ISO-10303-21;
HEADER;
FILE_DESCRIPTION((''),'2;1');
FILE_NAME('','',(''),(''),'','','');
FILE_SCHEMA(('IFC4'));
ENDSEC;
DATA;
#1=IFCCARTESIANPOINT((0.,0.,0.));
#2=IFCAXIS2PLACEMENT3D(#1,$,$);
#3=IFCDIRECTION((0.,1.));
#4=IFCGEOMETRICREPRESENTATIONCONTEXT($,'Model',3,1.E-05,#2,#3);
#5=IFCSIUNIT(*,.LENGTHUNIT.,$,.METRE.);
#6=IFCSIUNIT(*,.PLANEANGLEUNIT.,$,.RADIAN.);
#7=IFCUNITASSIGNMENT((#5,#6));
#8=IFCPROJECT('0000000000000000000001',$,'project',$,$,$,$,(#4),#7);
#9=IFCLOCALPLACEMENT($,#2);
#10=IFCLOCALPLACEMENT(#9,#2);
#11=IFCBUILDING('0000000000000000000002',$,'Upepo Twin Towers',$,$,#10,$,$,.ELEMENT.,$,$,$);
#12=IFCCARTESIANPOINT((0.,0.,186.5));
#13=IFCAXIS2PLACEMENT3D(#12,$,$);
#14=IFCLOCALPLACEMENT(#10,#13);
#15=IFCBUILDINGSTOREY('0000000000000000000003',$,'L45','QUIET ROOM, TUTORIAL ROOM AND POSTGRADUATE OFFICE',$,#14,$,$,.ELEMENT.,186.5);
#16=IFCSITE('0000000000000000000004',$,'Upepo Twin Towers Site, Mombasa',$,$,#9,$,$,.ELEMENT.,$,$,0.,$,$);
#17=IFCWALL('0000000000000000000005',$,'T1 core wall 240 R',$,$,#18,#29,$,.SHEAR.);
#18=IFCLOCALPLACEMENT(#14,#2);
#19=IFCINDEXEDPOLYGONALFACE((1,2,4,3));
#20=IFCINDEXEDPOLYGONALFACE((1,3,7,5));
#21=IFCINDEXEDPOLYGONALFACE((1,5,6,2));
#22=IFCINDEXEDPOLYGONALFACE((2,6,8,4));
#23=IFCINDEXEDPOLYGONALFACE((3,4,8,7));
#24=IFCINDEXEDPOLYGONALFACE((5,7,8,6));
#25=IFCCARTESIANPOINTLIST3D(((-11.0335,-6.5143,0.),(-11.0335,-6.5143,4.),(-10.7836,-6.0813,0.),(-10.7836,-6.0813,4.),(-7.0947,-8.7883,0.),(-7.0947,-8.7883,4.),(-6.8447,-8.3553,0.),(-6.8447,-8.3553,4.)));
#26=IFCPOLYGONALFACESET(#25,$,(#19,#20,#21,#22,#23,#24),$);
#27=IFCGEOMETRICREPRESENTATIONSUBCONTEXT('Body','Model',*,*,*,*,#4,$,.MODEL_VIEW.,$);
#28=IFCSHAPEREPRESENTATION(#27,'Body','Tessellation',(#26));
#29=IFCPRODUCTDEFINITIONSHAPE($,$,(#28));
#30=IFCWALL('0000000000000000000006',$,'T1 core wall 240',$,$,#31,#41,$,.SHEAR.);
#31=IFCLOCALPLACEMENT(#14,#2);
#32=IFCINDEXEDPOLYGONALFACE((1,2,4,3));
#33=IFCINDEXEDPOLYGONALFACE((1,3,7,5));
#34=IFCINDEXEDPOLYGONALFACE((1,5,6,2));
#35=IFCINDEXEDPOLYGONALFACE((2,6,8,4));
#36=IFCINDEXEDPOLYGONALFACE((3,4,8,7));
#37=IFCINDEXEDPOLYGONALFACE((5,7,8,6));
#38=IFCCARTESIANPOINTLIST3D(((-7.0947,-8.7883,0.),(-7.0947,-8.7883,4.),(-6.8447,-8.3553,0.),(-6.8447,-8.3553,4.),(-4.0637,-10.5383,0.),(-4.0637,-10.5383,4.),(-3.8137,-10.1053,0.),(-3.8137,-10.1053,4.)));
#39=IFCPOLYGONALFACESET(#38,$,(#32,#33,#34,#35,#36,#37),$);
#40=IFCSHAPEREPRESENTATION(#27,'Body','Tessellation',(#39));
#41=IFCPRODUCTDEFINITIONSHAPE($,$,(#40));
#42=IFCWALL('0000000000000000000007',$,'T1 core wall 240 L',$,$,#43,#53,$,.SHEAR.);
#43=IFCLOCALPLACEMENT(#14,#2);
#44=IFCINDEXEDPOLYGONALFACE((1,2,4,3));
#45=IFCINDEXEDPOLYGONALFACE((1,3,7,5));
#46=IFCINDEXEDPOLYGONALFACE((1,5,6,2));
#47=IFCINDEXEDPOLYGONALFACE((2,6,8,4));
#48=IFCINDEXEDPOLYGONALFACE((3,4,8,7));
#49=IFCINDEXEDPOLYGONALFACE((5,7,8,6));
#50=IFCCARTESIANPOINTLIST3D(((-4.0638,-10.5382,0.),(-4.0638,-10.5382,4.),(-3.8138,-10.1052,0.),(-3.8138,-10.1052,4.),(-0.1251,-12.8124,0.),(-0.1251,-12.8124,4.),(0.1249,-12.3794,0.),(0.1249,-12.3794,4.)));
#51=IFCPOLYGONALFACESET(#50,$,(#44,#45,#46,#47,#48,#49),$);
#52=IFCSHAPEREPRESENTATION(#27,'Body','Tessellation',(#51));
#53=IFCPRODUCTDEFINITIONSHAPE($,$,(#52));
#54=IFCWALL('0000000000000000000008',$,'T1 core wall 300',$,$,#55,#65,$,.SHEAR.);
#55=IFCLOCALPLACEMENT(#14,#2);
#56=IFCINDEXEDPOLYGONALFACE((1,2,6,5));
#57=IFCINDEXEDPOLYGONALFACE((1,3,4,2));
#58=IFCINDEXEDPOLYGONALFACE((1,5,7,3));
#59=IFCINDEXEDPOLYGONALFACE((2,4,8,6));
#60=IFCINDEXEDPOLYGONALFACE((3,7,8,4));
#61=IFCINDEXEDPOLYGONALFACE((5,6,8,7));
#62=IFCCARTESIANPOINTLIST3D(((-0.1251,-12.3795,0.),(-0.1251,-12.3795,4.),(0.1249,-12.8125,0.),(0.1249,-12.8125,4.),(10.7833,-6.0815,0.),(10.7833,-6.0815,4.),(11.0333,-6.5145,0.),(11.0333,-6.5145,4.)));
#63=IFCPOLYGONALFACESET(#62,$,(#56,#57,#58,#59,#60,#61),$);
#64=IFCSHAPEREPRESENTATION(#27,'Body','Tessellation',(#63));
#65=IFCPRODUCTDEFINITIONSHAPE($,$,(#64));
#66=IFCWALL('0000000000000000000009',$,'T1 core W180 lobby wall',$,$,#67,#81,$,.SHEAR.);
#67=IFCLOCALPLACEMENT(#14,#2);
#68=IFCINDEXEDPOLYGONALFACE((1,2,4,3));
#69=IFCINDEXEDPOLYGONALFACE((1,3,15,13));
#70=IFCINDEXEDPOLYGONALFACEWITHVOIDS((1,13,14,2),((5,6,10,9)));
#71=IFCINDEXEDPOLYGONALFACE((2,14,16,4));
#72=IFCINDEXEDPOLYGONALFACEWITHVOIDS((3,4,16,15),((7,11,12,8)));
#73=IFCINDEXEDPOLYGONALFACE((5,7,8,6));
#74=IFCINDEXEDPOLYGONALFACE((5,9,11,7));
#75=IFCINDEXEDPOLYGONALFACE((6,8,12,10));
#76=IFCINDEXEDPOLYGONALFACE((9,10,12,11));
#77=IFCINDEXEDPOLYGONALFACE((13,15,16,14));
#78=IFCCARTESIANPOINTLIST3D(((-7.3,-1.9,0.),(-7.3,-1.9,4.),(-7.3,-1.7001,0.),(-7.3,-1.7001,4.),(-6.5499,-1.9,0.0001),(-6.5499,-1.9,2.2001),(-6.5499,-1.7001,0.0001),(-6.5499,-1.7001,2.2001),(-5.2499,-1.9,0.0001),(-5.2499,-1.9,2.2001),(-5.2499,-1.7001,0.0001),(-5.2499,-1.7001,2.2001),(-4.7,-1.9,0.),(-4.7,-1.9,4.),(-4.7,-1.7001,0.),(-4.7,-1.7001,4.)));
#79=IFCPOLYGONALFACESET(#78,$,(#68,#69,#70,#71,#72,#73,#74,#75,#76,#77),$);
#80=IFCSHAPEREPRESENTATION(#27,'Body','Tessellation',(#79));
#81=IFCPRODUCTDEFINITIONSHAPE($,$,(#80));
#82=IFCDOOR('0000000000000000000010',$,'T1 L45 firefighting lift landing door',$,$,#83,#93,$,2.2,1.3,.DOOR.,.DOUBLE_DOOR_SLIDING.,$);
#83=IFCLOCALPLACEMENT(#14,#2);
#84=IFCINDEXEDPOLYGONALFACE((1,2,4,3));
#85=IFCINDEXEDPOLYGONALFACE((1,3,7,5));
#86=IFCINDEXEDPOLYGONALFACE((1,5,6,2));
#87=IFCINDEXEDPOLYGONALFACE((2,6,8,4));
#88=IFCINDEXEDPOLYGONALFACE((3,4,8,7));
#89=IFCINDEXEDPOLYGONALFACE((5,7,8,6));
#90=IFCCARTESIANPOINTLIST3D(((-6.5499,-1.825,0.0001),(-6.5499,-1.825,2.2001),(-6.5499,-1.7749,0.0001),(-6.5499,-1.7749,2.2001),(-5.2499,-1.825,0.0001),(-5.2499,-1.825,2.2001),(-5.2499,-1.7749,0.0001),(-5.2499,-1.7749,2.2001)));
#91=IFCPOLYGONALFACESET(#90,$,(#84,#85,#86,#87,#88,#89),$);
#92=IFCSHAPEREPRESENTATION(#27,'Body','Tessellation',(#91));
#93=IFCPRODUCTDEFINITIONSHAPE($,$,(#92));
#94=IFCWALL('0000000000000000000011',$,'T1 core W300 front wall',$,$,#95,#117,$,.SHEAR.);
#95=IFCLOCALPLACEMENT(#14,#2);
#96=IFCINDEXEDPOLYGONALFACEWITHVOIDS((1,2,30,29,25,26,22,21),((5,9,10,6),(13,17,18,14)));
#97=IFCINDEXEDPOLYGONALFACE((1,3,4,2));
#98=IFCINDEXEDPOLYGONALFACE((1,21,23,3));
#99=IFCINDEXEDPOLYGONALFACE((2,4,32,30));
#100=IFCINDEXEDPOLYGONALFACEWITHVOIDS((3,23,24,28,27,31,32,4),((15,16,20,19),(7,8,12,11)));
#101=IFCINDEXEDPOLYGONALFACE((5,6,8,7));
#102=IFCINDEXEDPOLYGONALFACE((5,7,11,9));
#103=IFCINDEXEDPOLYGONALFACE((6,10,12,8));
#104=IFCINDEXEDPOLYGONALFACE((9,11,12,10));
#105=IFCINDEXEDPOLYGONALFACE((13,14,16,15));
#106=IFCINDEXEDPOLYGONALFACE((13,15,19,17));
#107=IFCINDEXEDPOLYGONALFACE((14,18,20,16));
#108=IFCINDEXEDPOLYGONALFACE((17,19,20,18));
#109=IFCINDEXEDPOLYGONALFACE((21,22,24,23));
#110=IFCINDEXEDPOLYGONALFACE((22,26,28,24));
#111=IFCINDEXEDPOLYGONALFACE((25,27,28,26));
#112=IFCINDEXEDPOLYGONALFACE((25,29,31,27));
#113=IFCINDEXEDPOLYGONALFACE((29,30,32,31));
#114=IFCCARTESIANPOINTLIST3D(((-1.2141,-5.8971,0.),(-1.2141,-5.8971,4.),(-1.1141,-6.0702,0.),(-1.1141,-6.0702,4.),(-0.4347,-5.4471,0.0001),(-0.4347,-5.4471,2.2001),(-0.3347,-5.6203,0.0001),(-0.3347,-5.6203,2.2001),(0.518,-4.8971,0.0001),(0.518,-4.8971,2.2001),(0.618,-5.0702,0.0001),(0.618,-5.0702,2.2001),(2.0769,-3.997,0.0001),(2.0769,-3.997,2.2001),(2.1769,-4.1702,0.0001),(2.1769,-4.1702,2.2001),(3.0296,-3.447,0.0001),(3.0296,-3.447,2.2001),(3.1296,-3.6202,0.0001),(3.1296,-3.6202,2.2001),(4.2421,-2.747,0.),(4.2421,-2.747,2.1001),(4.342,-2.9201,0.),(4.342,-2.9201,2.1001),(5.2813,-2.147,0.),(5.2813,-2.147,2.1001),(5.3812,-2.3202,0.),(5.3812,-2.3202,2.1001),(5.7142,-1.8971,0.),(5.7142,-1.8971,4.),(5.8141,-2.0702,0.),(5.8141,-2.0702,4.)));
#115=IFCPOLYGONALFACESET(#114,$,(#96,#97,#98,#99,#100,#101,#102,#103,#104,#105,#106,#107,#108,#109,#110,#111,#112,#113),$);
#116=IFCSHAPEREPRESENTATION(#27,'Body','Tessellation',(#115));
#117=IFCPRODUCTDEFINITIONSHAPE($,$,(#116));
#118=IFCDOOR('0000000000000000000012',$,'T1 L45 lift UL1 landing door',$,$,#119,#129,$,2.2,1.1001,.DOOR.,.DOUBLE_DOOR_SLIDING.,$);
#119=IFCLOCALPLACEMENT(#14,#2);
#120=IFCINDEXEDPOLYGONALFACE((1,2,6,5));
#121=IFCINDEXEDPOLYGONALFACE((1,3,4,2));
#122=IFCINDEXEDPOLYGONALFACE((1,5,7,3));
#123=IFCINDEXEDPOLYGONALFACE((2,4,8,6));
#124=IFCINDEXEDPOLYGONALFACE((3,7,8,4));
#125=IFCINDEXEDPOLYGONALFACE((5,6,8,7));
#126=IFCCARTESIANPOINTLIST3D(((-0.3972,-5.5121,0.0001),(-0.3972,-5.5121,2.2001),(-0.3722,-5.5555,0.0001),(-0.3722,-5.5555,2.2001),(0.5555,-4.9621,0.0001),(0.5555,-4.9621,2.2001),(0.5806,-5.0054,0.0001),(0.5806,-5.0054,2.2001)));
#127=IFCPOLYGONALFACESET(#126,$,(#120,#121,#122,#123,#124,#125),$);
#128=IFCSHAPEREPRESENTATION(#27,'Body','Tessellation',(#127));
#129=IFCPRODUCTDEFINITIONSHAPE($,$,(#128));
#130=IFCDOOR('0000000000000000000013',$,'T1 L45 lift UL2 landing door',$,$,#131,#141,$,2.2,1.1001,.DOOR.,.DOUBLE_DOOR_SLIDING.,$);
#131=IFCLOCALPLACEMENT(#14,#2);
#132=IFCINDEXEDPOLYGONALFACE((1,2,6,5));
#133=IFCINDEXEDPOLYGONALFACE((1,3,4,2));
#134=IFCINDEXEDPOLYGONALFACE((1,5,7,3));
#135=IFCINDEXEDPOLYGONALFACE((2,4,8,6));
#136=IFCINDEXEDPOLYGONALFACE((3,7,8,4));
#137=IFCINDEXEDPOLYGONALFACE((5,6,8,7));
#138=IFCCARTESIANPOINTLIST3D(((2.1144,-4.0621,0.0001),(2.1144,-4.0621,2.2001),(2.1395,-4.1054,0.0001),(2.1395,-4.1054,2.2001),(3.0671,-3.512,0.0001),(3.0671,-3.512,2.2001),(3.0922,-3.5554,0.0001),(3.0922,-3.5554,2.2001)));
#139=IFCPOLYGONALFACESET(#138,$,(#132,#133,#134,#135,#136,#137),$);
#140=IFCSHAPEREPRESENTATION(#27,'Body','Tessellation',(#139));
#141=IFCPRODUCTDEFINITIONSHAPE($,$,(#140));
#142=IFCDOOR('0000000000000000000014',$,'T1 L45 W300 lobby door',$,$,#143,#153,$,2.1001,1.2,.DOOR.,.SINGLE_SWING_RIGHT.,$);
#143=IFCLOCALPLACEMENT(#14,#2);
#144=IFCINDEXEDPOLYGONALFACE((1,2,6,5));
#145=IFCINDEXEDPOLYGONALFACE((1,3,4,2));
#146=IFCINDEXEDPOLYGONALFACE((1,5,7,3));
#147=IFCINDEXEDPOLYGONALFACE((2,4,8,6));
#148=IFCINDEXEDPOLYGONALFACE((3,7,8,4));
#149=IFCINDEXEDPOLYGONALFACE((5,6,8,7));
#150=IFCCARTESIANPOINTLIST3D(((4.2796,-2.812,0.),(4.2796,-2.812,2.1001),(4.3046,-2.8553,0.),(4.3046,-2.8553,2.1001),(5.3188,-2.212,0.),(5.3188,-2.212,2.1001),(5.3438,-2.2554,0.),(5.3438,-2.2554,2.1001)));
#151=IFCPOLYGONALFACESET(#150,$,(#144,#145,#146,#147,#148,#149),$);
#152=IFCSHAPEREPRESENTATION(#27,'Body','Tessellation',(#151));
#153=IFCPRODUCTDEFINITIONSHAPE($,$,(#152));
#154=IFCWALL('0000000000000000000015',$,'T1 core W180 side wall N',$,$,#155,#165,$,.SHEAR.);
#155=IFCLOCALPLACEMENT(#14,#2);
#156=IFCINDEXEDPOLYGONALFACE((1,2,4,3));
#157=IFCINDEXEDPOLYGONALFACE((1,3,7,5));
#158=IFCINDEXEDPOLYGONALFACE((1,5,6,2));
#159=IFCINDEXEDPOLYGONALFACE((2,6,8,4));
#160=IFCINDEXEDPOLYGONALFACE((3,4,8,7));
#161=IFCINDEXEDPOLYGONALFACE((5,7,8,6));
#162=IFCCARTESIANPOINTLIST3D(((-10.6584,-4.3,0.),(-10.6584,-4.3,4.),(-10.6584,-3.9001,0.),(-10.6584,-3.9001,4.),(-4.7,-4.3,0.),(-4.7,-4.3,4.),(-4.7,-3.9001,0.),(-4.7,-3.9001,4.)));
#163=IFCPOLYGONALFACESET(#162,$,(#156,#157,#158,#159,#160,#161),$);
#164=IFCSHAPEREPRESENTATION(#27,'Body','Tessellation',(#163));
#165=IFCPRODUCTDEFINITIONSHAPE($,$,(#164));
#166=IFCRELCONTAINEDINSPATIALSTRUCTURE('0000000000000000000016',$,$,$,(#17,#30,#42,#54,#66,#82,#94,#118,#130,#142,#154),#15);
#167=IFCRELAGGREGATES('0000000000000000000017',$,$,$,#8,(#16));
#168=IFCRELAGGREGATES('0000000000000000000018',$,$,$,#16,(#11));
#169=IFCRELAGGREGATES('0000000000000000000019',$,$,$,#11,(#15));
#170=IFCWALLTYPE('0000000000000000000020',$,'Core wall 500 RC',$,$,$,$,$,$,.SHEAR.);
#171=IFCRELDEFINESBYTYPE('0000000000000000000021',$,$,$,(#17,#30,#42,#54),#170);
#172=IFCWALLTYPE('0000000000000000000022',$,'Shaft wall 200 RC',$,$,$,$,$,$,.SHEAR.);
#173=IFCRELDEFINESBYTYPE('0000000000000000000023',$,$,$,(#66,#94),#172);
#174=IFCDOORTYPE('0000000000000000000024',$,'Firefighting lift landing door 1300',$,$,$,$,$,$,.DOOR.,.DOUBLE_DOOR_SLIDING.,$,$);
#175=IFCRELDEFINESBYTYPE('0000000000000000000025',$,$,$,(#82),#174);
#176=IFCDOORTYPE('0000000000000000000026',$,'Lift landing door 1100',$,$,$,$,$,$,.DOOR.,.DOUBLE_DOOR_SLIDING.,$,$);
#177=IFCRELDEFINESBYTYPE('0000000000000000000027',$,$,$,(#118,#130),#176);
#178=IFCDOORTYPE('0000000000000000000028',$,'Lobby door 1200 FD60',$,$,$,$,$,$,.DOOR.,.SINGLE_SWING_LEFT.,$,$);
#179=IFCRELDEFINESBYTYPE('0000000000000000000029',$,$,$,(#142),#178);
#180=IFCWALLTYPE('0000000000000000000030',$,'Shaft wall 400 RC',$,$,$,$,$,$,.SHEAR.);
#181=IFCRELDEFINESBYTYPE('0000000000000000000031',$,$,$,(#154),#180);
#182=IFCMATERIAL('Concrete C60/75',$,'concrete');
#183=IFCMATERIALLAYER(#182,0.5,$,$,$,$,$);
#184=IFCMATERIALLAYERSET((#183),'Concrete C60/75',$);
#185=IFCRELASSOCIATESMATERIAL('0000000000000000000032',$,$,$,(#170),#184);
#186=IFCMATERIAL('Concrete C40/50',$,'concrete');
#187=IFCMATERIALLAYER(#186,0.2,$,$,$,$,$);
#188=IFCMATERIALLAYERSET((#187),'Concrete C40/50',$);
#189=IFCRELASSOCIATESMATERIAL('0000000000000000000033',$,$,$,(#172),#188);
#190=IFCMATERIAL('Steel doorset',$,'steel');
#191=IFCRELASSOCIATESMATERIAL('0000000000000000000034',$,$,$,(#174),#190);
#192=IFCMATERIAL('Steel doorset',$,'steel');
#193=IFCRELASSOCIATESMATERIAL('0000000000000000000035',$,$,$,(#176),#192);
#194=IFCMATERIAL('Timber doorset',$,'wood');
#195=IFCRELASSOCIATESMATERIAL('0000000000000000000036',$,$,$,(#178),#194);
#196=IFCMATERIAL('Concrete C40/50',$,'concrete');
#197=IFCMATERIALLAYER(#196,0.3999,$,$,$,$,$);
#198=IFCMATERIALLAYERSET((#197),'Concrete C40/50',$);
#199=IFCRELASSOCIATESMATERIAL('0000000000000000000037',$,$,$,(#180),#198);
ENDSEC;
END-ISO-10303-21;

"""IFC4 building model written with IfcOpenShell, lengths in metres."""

from ifc_helpers import new_model, si_unit, direction, frame, frame_2d, origin, place, context, subcontext, project, spatial, rectangle, extrude, material, layer, layer_set, type_object, element, fill, save


model = new_model("IFC4")

# Units and contexts
model_context = context("Model", 3, precision=1e-05, world=origin(), true_north=direction((0.0, 1.0)))
body_context = subcontext(model_context, "Body", "Model", "MODEL_VIEW")
ifc_project = project(units=[si_unit("LENGTHUNIT", "METRE"), si_unit("PLANEANGLEUNIT", "RADIAN")], contexts=[model_context])

# Site, building, storey
site_placement = place(None, origin())
site = spatial("IfcSite", under=ifc_project, at=site_placement, Name="Upepo Twin Towers Site, Mombasa", CompositionType="ELEMENT", RefElevation=0.0)
building_placement = place(site_placement, origin())
building = spatial("IfcBuilding", under=site, at=building_placement, Name="Upepo Twin Towers", CompositionType="ELEMENT")
storey_placement = place(building_placement, frame((0.0, 0.0, 186.5)))
storey = spatial("IfcBuildingStorey", under=building, at=storey_placement, Name="L45", Description="QUIET ROOM, TUTORIAL ROOM AND POSTGRADUATE OFFICE", CompositionType="ELEMENT", Elevation=186.5)

# Walls
ifc_material_1 = material(Name="Concrete C60/75", Category="concrete")
ifc_layer_1 = layer(ifc_material_1, 0.5)
ifc_layer_set_1 = layer_set([ifc_layer_1], Name="Concrete C60/75")
wall_type_1 = type_object("IfcWallType", Name="Core wall 500 RC", PredefinedType="SHEAR", material=ifc_layer_set_1)
wall_1_placement = place(storey_placement, frame((-10.9084, -6.2979, 0.0), z_axis=(0.0, 0.0, 1.0), x_axis=(0.866035, -0.499984, 0.0)))
element("IfcWall", 1, at=wall_1_placement, inside=storey, type_object=wall_type_1, Name="T1 core wall 240 R", PredefinedType="SHEAR", context=body_context, shape_type="SweptSolid", body=[
    extrude(rectangle(XDim=4.5481, YDim=0.5, at=frame_2d((2.2739, 0.0))), origin(), (0.0, 0.0, 1.0), 4.0),
])
wall_2_placement = place(storey_placement, frame((-6.9697, -8.5718, 0.0), z_axis=(0.0, 0.0, 1.0), x_axis=(0.866019, -0.50001, 0.0)))
element("IfcWall", 2, at=wall_2_placement, inside=storey, type_object=wall_type_1, Name="T1 core wall 240", PredefinedType="SHEAR", context=body_context, shape_type="SweptSolid", body=[
    extrude(rectangle(XDim=3.5, YDim=0.5, at=frame_2d((1.75, 0.0))), origin(), (0.0, 0.0, 1.0), 4.0),
])
wall_3_placement = place(storey_placement, frame((-3.9387, -10.3218, 0.0), z_axis=(0.0, 0.0, 1.0), x_axis=(0.866011, -0.500024, 0.0)))
element("IfcWall", 3, at=wall_3_placement, inside=storey, type_object=wall_type_1, Name="T1 core wall 240 L", PredefinedType="SHEAR", context=body_context, shape_type="SweptSolid", body=[
    extrude(rectangle(XDim=4.5481, YDim=0.5, at=frame_2d((2.2739, 0.0))), origin(), (0.0, 0.0, 1.0), 4.0),
])
wall_4_placement = place(storey_placement, frame((0.0, -12.5959, 0.0), z_axis=(0.0, 0.0, 1.0), x_axis=(0.866022, 0.500006, 0.0)))
element("IfcWall", 4, at=wall_4_placement, inside=storey, type_object=wall_type_1, Name="T1 core wall 300", PredefinedType="SHEAR", context=body_context, shape_type="SweptSolid", body=[
    extrude(rectangle(XDim=12.5959, YDim=0.5, at=frame_2d((6.2979, 0.0))), origin(), (0.0, 0.0, 1.0), 4.0),
])

# Wall, opening, door
ifc_material_2 = material(Name="Concrete C40/50", Category="concrete")
ifc_layer_2 = layer(ifc_material_2, 0.2)
ifc_layer_set_2 = layer_set([ifc_layer_2], Name="Concrete C40/50")
wall_type_2 = type_object("IfcWallType", Name="Shaft wall 200 RC", PredefinedType="SHEAR", material=ifc_layer_set_2)
wall_5_placement = place(storey_placement, frame((-4.7, -1.8, 0.0), z_axis=(0.0, 0.0, 1.0), x_axis=(-1.0, 0.0, 0.0)))
wall_5 = element("IfcWall", 5, at=wall_5_placement, inside=storey, type_object=wall_type_2, Name="T1 core W180 lobby wall", PredefinedType="SHEAR", context=body_context, shape_type="SweptSolid", body=[
    extrude(rectangle(XDim=2.6001, YDim=0.2, at=frame_2d((1.3, 0.0))), origin(), (0.0, 0.0, 1.0), 4.0),
])
opening_1_placement = place(wall_5_placement, frame((0.55, 0.0, 0.0)))
opening_1 = element("IfcOpeningElement", 6, at=opening_1_placement, cuts=wall_5, PredefinedType="OPENING", context=body_context, shape_type="SweptSolid", body=[
    extrude(rectangle(XDim=1.3, YDim=2.2, at=frame_2d((0.6499, 1.1001))), frame((0.0, 0.1099, 0.0), z_axis=(0.0, -1.0, 0.0), x_axis=(1.0, 0.0, 0.0)), (0.0, 0.0, 1.0), 0.22),
])
ifc_material_3 = material(Name="Steel doorset", Category="steel")
door_type_1 = type_object("IfcDoorType", Name="Firefighting lift landing door 1300", OperationType="DOUBLE_DOOR_SLIDING", PredefinedType="DOOR", material=ifc_material_3)
door_1_placement = place(opening_1_placement, origin())
door_1 = element("IfcDoor", 7, at=door_1_placement, inside=storey, type_object=door_type_1, Name="T1 L45 firefighting lift landing door", OperationType="DOUBLE_DOOR_SLIDING", OverallHeight=2.2, OverallWidth=1.3, PredefinedType="DOOR", context=body_context, shape_type="SweptSolid", body=[
    extrude(rectangle(XDim=1.3, YDim=2.2, at=frame_2d((0.6499, 1.1001))), frame((0.0, 0.0249, 0.0), z_axis=(0.0, -1.0, 0.0), x_axis=(1.0, 0.0, 0.0)), (0.0, 0.0, 1.0), 0.05),
])
fill(opening_1, door_1)

# Wall, openings, doors
wall_6_placement = place(storey_placement, frame((-1.1641, -5.9836, 0.0), z_axis=(0.0, 0.0, 1.0), x_axis=(0.866026, 0.499999, 0.0)))
wall_6 = element("IfcWall", 8, at=wall_6_placement, inside=storey, type_object=wall_type_2, Name="T1 core W300 front wall", PredefinedType="SHEAR", context=body_context, shape_type="SweptSolid", body=[
    extrude(rectangle(XDim=8.0, YDim=0.2, at=frame_2d((4.0, 0.0))), origin(), (0.0, 0.0, 1.0), 4.0),
])
opening_2_placement = place(wall_6_placement, frame((6.3, 0.0, 0.0)))
opening_2 = element("IfcOpeningElement", 9, at=opening_2_placement, cuts=wall_6, PredefinedType="OPENING", context=body_context, shape_type="SweptSolid", body=[
    extrude(rectangle(XDim=1.2, YDim=2.1001, at=frame_2d((0.6001, 1.05))), frame((0.0, 0.1099, 0.0), z_axis=(0.0, -1.0, 0.0), x_axis=(1.0, 0.0, 0.0)), (0.0, 0.0, 1.0), 0.22),
])
opening_3_placement = place(wall_6_placement, frame((0.8999, 0.0, 0.0)))
opening_3 = element("IfcOpeningElement", 10, at=opening_3_placement, cuts=wall_6, PredefinedType="OPENING", context=body_context, shape_type="SweptSolid", body=[
    extrude(rectangle(XDim=1.1001, YDim=2.2, at=frame_2d((0.55, 1.1001))), frame((0.0, 0.1099, 0.0), z_axis=(0.0, -1.0, 0.0), x_axis=(1.0, 0.0, 0.0)), (0.0, 0.0, 1.0), 0.22),
])
opening_4_placement = place(wall_6_placement, frame((3.8, 0.0, 0.0)))
opening_4 = element("IfcOpeningElement", 11, at=opening_4_placement, cuts=wall_6, PredefinedType="OPENING", context=body_context, shape_type="SweptSolid", body=[
    extrude(rectangle(XDim=1.1001, YDim=2.2, at=frame_2d((0.55, 1.1001))), frame((0.0, 0.1099, 0.0), z_axis=(0.0, -1.0, 0.0), x_axis=(1.0, 0.0, 0.0)), (0.0, 0.0, 1.0), 0.22),
])
ifc_material_4 = material(Name="Steel doorset", Category="steel")
door_type_2 = type_object("IfcDoorType", Name="Lift landing door 1100", OperationType="DOUBLE_DOOR_SLIDING", PredefinedType="DOOR", material=ifc_material_4)
door_2_placement = place(opening_3_placement, origin())
door_2 = element("IfcDoor", 12, at=door_2_placement, inside=storey, type_object=door_type_2, Name="T1 L45 lift UL1 landing door", OperationType="DOUBLE_DOOR_SLIDING", OverallHeight=2.2, OverallWidth=1.1001, PredefinedType="DOOR", context=body_context, shape_type="SweptSolid", body=[
    extrude(rectangle(XDim=1.1001, YDim=2.2, at=frame_2d((0.55, 1.1001))), frame((0.0, 0.0249, 0.0), z_axis=(0.0, -1.0, 0.0), x_axis=(1.0, 0.0, 0.0)), (0.0, 0.0, 1.0), 0.05),
])
fill(opening_3, door_2)
door_3_placement = place(opening_4_placement, origin())
door_3 = element("IfcDoor", 13, at=door_3_placement, inside=storey, type_object=door_type_2, Name="T1 L45 lift UL2 landing door", OperationType="DOUBLE_DOOR_SLIDING", OverallHeight=2.2, OverallWidth=1.1001, PredefinedType="DOOR", context=body_context, shape_type="SweptSolid", body=[
    extrude(rectangle(XDim=1.1001, YDim=2.2, at=frame_2d((0.55, 1.1001))), frame((0.0, 0.0249, 0.0), z_axis=(0.0, -1.0, 0.0), x_axis=(1.0, 0.0, 0.0)), (0.0, 0.0, 1.0), 0.05),
])
fill(opening_4, door_3)
ifc_material_5 = material(Name="Timber doorset", Category="wood")
door_type_3 = type_object("IfcDoorType", Name="Lobby door 1200 FD60", OperationType="SINGLE_SWING_LEFT", PredefinedType="DOOR", material=ifc_material_5)
door_4_placement = place(opening_2_placement, origin())
door_4 = element("IfcDoor", 14, at=door_4_placement, inside=storey, type_object=door_type_3, Name="T1 L45 W300 lobby door", OperationType="SINGLE_SWING_RIGHT", OverallHeight=2.1001, OverallWidth=1.2, PredefinedType="DOOR", context=body_context, shape_type="SweptSolid", body=[
    extrude(rectangle(XDim=1.2, YDim=2.1001, at=frame_2d((0.6001, 1.05))), frame((0.0, 0.0249, 0.0), z_axis=(0.0, -1.0, 0.0), x_axis=(1.0, 0.0, 0.0)), (0.0, 0.0, 1.0), 0.05),
])
fill(opening_2, door_4)

# Wall
ifc_material_6 = material(Name="Concrete C40/50", Category="concrete")
ifc_layer_3 = layer(ifc_material_6, 0.3999)
ifc_layer_set_3 = layer_set([ifc_layer_3], Name="Concrete C40/50")
wall_type_3 = type_object("IfcWallType", Name="Shaft wall 400 RC", PredefinedType="SHEAR", material=ifc_layer_set_3)
wall_7_placement = place(storey_placement, frame((-4.7, -4.1001, 0.0), z_axis=(0.0, 0.0, 1.0), x_axis=(-1.0, 0.0, 0.0)))
element("IfcWall", 15, at=wall_7_placement, inside=storey, type_object=wall_type_3, Name="T1 core W180 side wall N", PredefinedType="SHEAR", context=body_context, shape_type="SweptSolid", body=[
    extrude(rectangle(XDim=5.9585, YDim=0.3999, at=frame_2d((2.9792, 0.0))), origin(), (0.0, 0.0, 1.0), 4.0),
])

save(model, "model.ifc")
